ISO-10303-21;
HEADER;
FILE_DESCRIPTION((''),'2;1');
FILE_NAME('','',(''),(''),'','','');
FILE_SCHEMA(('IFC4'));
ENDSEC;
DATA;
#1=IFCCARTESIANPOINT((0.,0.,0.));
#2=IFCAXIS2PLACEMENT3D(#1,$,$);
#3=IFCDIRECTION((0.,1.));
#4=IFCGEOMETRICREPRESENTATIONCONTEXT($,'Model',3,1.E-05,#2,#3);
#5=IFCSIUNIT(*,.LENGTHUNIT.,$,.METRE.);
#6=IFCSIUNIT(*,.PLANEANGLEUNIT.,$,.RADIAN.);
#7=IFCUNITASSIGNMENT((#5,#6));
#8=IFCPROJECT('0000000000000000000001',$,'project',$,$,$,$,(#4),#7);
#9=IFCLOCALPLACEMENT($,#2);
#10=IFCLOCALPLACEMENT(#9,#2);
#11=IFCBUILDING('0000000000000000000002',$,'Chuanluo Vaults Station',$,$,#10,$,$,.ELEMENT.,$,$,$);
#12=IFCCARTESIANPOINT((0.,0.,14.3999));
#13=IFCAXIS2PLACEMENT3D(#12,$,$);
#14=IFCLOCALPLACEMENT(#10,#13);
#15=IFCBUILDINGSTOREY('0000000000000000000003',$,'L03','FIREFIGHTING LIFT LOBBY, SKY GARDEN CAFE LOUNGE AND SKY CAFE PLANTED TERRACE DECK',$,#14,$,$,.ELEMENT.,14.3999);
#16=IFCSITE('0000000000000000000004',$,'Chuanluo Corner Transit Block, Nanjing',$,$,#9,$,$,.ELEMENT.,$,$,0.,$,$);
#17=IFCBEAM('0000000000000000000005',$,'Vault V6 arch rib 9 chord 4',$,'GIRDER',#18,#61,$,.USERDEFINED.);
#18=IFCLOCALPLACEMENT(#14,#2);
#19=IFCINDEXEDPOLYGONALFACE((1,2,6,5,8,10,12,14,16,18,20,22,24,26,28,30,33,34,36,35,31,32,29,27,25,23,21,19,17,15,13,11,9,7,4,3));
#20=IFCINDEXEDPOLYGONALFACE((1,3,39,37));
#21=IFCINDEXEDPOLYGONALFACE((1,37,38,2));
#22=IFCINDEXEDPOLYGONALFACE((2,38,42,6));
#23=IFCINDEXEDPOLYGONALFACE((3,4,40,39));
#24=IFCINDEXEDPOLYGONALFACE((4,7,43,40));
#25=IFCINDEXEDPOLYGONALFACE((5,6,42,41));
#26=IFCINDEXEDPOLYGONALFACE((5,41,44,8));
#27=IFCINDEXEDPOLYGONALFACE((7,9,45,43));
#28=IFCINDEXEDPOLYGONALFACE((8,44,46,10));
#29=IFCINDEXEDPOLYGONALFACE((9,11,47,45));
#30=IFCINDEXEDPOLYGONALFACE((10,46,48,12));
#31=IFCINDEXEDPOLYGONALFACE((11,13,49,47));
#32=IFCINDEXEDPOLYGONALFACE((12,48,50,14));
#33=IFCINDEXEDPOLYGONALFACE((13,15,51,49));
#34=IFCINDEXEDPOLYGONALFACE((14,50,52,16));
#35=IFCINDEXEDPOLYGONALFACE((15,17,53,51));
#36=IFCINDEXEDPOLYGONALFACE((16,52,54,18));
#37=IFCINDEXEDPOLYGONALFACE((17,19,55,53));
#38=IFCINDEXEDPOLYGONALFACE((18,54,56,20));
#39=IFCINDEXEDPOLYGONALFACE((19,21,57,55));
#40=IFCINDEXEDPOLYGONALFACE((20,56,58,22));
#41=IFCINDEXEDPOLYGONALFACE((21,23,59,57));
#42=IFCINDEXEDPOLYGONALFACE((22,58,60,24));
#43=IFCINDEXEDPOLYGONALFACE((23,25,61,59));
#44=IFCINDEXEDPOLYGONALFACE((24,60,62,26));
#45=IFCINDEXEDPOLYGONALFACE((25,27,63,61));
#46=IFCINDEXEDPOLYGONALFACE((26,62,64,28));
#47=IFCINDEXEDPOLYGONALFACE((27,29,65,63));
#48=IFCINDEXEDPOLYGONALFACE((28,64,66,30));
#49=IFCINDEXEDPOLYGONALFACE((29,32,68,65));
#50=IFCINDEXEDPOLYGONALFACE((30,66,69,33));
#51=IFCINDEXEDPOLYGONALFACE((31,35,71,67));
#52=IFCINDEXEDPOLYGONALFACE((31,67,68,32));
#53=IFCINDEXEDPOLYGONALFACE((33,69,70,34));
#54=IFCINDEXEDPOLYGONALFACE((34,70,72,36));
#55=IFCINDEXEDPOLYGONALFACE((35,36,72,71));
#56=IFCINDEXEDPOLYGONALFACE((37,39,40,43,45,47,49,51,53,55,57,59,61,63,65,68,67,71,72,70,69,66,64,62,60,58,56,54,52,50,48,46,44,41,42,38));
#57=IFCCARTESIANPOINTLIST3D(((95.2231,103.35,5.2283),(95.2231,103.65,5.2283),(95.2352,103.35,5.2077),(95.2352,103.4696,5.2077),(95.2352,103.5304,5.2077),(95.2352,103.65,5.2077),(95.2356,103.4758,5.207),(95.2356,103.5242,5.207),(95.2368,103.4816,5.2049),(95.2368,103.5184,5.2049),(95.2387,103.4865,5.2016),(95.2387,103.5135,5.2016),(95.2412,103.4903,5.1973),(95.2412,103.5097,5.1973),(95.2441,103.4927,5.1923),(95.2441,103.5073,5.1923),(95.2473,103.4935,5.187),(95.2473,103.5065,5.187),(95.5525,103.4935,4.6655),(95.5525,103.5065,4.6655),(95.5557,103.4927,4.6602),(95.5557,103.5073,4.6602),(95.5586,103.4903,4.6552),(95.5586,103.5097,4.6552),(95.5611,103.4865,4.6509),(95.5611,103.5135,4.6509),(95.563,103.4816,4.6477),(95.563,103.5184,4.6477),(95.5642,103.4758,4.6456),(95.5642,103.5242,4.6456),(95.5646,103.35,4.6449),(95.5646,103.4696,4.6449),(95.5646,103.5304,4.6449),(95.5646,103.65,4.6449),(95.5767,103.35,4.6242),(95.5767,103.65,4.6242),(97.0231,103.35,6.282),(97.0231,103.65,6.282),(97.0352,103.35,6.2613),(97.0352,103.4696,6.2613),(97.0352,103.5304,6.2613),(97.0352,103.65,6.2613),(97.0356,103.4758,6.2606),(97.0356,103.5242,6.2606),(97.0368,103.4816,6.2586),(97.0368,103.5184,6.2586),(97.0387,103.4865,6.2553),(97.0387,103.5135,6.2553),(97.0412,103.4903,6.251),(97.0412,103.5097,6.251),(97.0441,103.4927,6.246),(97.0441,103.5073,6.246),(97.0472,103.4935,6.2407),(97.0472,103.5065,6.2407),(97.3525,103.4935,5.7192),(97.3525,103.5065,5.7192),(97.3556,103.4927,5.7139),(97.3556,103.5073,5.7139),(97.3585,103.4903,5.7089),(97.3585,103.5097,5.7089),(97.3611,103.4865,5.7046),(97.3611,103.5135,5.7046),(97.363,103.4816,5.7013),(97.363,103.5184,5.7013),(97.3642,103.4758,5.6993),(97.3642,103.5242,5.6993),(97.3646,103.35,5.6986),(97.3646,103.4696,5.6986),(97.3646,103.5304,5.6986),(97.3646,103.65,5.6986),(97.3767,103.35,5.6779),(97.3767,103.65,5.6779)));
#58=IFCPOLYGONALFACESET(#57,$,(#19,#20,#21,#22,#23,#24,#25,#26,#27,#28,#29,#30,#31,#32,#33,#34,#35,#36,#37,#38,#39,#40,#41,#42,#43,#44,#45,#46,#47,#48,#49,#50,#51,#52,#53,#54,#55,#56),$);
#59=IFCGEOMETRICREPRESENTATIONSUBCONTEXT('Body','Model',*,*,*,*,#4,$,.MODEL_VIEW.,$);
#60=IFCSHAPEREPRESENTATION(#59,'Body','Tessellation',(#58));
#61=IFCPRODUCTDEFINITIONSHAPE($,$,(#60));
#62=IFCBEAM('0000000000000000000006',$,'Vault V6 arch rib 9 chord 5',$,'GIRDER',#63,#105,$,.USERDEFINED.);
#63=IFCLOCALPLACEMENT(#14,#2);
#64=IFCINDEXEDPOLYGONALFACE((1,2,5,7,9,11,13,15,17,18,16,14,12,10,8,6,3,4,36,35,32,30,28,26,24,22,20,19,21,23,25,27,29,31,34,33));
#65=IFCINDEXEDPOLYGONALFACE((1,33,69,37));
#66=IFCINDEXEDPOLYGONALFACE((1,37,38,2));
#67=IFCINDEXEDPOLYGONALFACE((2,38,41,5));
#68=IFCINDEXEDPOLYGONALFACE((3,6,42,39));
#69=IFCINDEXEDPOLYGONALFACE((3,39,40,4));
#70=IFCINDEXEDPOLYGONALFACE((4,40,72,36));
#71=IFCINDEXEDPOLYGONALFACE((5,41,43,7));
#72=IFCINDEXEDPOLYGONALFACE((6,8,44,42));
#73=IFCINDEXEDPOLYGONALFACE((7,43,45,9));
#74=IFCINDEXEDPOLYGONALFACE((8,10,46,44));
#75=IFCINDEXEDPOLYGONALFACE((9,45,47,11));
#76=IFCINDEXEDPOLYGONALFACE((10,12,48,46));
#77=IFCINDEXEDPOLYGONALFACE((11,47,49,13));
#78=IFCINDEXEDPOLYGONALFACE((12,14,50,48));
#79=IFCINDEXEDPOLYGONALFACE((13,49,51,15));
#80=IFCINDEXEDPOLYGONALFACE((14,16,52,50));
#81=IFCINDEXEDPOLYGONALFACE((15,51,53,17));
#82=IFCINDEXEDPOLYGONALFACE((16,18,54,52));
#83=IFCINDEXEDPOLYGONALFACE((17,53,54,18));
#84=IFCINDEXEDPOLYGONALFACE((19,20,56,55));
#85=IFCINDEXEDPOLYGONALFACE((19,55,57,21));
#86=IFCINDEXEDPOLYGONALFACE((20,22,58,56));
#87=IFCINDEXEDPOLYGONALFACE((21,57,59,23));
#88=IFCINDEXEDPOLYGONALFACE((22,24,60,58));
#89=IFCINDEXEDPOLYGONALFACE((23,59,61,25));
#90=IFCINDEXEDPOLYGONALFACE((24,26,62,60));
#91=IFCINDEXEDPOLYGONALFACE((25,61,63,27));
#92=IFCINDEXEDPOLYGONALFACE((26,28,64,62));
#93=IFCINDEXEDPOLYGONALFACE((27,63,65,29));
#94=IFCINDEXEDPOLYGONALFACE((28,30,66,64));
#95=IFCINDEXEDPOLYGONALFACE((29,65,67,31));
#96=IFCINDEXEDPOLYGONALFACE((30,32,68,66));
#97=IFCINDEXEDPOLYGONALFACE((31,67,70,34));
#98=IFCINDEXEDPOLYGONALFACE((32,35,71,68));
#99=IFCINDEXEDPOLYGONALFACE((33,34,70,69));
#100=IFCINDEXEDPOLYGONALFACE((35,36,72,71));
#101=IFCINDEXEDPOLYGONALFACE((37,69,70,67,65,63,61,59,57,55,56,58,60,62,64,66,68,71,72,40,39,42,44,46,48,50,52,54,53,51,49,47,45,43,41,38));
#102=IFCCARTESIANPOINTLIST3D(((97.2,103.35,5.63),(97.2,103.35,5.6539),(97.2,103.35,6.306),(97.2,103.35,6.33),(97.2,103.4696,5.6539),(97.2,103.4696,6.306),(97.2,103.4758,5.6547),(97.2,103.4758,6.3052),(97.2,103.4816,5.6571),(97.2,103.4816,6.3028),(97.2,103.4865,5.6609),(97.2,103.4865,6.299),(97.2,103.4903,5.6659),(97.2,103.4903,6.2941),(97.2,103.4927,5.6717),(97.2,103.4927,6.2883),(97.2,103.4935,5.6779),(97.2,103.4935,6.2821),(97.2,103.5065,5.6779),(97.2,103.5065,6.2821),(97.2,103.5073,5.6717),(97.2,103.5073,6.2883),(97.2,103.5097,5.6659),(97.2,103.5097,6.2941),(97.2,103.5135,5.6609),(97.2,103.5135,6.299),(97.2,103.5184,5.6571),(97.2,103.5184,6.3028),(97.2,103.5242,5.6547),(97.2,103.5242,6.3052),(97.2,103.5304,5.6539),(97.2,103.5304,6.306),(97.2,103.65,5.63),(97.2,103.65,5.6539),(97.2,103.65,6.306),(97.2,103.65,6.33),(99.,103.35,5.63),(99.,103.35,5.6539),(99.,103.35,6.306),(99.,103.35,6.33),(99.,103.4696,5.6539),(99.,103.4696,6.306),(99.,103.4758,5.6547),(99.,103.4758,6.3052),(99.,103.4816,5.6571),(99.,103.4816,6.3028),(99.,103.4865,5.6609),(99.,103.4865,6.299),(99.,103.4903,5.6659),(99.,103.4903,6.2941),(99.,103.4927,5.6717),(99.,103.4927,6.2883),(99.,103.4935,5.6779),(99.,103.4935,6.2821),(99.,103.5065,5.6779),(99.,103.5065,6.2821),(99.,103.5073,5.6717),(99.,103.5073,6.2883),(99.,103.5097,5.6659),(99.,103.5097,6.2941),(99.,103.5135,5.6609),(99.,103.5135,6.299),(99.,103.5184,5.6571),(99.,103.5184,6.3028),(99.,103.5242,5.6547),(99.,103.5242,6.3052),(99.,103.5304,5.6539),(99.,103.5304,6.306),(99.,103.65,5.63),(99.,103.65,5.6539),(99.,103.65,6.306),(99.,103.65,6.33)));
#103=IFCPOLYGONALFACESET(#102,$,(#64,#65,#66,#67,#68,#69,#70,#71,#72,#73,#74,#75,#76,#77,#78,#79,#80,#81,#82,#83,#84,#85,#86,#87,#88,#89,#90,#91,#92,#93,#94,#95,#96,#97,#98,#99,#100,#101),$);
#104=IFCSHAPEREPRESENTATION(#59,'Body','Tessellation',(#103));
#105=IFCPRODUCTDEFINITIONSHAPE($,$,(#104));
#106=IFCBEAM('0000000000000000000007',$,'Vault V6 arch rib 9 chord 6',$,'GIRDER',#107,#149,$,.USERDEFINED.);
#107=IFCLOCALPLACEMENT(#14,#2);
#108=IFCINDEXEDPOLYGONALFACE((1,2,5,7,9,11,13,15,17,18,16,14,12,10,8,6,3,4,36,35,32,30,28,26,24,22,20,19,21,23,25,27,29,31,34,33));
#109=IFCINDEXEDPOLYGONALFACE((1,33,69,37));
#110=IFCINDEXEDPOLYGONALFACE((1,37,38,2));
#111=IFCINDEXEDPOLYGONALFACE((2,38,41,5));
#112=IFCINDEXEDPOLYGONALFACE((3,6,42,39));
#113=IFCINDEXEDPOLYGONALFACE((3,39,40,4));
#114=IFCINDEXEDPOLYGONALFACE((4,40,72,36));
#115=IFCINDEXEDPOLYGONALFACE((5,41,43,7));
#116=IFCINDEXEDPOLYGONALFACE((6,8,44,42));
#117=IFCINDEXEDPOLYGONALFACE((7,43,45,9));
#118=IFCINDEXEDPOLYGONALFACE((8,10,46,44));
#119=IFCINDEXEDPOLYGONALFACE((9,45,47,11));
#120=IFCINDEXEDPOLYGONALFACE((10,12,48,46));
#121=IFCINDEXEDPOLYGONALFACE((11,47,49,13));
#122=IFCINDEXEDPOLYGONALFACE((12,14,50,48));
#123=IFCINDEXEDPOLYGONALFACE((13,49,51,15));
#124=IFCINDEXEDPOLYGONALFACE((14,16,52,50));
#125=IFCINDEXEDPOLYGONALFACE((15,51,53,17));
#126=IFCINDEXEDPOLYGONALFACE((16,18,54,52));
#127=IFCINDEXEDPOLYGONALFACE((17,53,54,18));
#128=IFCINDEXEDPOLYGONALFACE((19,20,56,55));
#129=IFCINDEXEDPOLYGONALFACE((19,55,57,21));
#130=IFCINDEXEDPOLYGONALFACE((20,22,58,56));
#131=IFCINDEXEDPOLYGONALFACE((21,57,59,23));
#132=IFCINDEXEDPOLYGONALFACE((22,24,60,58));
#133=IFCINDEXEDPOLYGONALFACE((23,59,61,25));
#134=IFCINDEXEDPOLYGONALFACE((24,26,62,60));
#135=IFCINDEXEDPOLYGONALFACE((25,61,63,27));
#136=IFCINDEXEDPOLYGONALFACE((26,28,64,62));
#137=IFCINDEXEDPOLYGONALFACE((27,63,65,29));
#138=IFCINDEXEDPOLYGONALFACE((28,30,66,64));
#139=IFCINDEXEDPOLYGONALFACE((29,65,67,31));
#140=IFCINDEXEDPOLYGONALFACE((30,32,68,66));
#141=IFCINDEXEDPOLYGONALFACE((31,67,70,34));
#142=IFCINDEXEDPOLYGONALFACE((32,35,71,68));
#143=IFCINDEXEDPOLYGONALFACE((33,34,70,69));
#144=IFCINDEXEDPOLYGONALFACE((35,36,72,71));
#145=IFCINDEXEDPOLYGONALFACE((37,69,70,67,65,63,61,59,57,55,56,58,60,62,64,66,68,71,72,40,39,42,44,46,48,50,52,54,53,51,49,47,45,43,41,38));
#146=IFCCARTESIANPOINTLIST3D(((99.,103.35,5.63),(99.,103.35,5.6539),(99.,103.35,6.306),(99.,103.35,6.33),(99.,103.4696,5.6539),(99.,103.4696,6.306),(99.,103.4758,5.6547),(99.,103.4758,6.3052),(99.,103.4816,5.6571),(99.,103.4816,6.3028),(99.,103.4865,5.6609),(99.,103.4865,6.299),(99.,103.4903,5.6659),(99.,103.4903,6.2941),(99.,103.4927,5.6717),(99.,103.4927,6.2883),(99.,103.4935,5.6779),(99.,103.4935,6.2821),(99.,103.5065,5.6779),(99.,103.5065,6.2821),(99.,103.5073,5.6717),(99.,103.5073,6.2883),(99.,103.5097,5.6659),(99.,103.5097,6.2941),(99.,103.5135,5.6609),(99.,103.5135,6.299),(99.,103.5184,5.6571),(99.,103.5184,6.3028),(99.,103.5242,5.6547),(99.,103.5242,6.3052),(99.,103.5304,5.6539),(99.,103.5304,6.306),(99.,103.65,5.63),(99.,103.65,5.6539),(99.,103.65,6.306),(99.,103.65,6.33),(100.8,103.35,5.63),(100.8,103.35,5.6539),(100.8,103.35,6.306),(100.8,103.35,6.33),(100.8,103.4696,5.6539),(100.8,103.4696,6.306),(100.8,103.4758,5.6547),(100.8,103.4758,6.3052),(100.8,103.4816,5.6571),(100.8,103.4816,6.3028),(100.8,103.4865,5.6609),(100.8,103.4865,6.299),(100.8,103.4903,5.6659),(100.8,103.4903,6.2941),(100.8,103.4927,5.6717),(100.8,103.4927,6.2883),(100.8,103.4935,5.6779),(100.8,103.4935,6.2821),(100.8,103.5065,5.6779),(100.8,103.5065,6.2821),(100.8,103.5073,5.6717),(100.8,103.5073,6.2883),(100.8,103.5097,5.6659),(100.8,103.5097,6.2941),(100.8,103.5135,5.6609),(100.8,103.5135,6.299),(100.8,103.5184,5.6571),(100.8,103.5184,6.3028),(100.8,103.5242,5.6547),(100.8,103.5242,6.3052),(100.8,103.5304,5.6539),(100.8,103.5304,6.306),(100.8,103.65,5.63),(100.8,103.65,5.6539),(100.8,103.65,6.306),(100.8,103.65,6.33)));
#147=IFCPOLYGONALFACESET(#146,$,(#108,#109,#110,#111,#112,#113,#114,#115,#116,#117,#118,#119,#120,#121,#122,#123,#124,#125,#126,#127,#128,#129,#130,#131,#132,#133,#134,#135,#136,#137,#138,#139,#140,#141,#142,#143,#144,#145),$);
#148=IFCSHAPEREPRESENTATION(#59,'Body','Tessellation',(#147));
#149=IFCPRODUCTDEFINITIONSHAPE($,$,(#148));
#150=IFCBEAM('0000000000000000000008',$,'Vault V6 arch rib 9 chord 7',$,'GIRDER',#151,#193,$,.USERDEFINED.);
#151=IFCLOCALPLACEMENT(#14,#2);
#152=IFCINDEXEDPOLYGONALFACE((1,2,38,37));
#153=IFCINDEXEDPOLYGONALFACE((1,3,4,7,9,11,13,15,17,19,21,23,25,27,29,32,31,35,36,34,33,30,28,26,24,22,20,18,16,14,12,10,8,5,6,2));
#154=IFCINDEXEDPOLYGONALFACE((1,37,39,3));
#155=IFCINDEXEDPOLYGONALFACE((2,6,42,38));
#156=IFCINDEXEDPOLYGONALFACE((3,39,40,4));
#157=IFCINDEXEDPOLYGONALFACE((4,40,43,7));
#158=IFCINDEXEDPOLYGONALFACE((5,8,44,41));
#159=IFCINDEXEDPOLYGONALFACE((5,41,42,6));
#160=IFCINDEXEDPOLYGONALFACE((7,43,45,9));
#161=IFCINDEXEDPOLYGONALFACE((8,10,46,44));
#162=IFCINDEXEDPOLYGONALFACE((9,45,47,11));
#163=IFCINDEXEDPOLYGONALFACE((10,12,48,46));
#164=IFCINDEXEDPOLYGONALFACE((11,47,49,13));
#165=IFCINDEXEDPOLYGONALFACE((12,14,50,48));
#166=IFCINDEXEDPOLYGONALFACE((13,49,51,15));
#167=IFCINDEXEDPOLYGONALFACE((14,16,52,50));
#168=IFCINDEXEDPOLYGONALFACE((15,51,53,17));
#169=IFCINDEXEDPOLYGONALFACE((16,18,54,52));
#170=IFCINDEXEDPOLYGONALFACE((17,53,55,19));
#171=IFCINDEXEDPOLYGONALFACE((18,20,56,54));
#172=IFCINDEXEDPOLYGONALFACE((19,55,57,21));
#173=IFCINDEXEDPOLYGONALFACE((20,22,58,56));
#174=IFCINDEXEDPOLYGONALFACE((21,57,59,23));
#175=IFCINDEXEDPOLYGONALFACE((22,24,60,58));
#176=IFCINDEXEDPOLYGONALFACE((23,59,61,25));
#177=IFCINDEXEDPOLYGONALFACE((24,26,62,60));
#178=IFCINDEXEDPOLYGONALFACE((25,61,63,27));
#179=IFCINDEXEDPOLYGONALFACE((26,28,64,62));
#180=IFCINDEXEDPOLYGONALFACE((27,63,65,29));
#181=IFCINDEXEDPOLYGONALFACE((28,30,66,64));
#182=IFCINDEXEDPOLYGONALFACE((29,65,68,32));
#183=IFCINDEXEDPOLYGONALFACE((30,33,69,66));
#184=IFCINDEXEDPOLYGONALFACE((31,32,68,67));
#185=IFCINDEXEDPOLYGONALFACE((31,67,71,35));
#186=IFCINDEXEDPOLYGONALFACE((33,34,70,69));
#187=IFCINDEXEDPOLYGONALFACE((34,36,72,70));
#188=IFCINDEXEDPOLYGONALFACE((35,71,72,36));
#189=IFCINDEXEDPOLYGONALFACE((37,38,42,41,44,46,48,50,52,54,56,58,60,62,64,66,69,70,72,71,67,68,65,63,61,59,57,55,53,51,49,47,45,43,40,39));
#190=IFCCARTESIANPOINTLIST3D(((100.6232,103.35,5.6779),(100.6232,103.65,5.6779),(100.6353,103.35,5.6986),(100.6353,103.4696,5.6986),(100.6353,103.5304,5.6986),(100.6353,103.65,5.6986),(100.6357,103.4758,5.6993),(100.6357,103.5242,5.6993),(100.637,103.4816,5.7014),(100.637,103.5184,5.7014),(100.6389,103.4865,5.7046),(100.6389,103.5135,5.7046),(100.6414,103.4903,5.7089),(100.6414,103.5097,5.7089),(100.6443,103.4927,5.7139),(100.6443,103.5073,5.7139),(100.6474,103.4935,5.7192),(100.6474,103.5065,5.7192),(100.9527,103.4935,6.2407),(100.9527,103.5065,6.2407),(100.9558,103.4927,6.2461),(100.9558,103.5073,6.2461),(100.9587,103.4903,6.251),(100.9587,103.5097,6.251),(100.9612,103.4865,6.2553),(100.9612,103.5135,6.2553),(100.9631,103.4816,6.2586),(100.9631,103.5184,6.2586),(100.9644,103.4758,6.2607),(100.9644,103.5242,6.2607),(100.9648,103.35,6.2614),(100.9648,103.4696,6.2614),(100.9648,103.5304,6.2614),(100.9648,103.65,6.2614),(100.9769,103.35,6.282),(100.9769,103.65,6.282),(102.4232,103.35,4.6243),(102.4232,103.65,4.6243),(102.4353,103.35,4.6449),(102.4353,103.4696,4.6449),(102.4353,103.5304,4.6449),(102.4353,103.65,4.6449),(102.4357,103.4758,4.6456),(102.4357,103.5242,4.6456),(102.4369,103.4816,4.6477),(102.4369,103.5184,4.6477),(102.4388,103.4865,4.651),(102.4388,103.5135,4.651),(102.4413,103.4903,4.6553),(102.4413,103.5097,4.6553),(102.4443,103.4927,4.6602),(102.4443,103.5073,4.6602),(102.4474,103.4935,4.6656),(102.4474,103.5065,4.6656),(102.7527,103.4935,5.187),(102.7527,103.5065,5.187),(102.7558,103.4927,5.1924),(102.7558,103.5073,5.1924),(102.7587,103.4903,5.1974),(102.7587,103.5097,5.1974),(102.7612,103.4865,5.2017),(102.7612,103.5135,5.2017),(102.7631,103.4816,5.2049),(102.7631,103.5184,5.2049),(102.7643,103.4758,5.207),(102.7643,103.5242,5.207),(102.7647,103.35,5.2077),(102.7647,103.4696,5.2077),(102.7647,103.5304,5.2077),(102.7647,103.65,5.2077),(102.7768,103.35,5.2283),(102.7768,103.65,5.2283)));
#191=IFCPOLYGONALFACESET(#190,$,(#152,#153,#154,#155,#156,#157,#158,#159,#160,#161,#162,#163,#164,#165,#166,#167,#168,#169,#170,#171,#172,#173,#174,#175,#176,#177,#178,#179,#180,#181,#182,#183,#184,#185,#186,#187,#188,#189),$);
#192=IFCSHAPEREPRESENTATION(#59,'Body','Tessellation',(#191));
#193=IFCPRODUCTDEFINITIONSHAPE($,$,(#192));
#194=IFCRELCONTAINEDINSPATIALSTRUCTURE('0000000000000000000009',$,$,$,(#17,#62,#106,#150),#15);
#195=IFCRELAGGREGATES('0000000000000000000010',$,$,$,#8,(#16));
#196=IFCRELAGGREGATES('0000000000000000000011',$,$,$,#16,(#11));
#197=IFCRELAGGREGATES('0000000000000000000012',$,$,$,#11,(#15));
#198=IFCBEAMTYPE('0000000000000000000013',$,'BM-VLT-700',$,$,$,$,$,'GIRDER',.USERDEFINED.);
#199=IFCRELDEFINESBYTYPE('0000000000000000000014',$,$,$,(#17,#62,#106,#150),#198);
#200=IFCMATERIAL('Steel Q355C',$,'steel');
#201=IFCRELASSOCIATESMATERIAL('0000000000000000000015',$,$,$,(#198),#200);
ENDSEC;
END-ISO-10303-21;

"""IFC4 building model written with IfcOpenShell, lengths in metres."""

from ifc_helpers import new_model, si_unit, direction, frame, origin, origin_2d, place, context, subcontext, project, spatial, i_section, extrude, material, material_profile, profile_set, type_object, element, save


model = new_model("IFC4")

# Units and contexts
model_context = context("Model", 3, precision=1e-05, world=origin(), true_north=direction((0.0, 1.0)))
body_context = subcontext(model_context, "Body", "Model", "MODEL_VIEW")
ifc_project = project(units=[si_unit("LENGTHUNIT", "METRE"), si_unit("PLANEANGLEUNIT", "RADIAN")], contexts=[model_context])

# Site, building, storey
site_placement = place(None, origin())
site = spatial("IfcSite", under=ifc_project, at=site_placement, Name="Chuanluo Corner Transit Block, Nanjing", CompositionType="ELEMENT", RefElevation=0.0)
building_placement = place(site_placement, origin())
building = spatial("IfcBuilding", under=site, at=building_placement, Name="Chuanluo Vaults Station", CompositionType="ELEMENT")
storey_placement = place(building_placement, frame((0.0, 0.0, 14.3999)))
storey = spatial("IfcBuildingStorey", under=building, at=storey_placement, Name="L03", Description="FIREFIGHTING LIFT LOBBY, SKY GARDEN CAFE LOUNGE AND SKY CAFE PLANTED TERRACE DECK", CompositionType="ELEMENT", Elevation=14.3999)

# Beams
ifc_material_1 = material(Name="Steel Q355C", Category="steel")
ifc_material_profile_1 = material_profile(ifc_material_1, i_section(OverallWidth=0.3, OverallDepth=0.7, WebThickness=0.0129, FlangeThickness=0.0239, FilletRadius=0.0239, at=origin_2d()))
ifc_profile_set_1 = profile_set([ifc_material_profile_1], Name="Steel Q355C")
beam_type = type_object("IfcBeamType", Name="BM-VLT-700", ElementType="GIRDER", PredefinedType="USERDEFINED", material=ifc_profile_set_1)
beam_1_placement = place(storey_placement, frame((95.3999, 103.5, 4.9263), z_axis=(0.863009, 0.0, 0.505188), x_axis=(0.0, 1.0, 0.0)))
element("IfcBeam", 1, at=beam_1_placement, inside=storey, type_object=beam_type, Name="Vault V6 arch rib 9 chord 4", ObjectType="GIRDER", PredefinedType="USERDEFINED", context=body_context, shape_type="SweptSolid", body=[
    extrude(i_section(OverallWidth=0.3, OverallDepth=0.7, WebThickness=0.0129, FlangeThickness=0.0239, FilletRadius=0.0239, at=origin_2d()), origin(), (0.0, 0.0, 1.0), 2.0857),
])
for number, where, z_axis, x_axis, name in (
    (2, (97.2, 103.5, 5.98), (1.0, 0.0, 0.0), (0.0, 1.0, 0.0), "Vault V6 arch rib 9 chord 5"),
    (3, (99.0, 103.5, 5.98), (1.0, 0.0, 0.0), (0.0, 1.0, 0.0), "Vault V6 arch rib 9 chord 6"),
):
    element("IfcBeam", number, at=place(storey_placement, frame(where, z_axis=z_axis, x_axis=x_axis)), inside=storey, type_object=beam_type, Name=name, ObjectType="GIRDER", PredefinedType="USERDEFINED", context=body_context, shape_type="SweptSolid", body=[
        extrude(i_section(OverallWidth=0.3, OverallDepth=0.7, WebThickness=0.0129, FlangeThickness=0.0239, FilletRadius=0.0239, at=origin_2d()), origin(), (0.0, 0.0, 1.0), 1.8),
    ])
beam_2_placement = place(storey_placement, frame((100.8, 103.5, 5.98), z_axis=(0.863009, 0.0, -0.505188), x_axis=(0.0, 1.0, 0.0)))
element("IfcBeam", 4, at=beam_2_placement, inside=storey, type_object=beam_type, Name="Vault V6 arch rib 9 chord 7", ObjectType="GIRDER", PredefinedType="USERDEFINED", context=body_context, shape_type="SweptSolid", body=[
    extrude(i_section(OverallWidth=0.3, OverallDepth=0.7, WebThickness=0.0129, FlangeThickness=0.0239, FilletRadius=0.0239, at=origin_2d()), origin(), (0.0, 0.0, 1.0), 2.0857),
])

save(model, "model.ifc")
